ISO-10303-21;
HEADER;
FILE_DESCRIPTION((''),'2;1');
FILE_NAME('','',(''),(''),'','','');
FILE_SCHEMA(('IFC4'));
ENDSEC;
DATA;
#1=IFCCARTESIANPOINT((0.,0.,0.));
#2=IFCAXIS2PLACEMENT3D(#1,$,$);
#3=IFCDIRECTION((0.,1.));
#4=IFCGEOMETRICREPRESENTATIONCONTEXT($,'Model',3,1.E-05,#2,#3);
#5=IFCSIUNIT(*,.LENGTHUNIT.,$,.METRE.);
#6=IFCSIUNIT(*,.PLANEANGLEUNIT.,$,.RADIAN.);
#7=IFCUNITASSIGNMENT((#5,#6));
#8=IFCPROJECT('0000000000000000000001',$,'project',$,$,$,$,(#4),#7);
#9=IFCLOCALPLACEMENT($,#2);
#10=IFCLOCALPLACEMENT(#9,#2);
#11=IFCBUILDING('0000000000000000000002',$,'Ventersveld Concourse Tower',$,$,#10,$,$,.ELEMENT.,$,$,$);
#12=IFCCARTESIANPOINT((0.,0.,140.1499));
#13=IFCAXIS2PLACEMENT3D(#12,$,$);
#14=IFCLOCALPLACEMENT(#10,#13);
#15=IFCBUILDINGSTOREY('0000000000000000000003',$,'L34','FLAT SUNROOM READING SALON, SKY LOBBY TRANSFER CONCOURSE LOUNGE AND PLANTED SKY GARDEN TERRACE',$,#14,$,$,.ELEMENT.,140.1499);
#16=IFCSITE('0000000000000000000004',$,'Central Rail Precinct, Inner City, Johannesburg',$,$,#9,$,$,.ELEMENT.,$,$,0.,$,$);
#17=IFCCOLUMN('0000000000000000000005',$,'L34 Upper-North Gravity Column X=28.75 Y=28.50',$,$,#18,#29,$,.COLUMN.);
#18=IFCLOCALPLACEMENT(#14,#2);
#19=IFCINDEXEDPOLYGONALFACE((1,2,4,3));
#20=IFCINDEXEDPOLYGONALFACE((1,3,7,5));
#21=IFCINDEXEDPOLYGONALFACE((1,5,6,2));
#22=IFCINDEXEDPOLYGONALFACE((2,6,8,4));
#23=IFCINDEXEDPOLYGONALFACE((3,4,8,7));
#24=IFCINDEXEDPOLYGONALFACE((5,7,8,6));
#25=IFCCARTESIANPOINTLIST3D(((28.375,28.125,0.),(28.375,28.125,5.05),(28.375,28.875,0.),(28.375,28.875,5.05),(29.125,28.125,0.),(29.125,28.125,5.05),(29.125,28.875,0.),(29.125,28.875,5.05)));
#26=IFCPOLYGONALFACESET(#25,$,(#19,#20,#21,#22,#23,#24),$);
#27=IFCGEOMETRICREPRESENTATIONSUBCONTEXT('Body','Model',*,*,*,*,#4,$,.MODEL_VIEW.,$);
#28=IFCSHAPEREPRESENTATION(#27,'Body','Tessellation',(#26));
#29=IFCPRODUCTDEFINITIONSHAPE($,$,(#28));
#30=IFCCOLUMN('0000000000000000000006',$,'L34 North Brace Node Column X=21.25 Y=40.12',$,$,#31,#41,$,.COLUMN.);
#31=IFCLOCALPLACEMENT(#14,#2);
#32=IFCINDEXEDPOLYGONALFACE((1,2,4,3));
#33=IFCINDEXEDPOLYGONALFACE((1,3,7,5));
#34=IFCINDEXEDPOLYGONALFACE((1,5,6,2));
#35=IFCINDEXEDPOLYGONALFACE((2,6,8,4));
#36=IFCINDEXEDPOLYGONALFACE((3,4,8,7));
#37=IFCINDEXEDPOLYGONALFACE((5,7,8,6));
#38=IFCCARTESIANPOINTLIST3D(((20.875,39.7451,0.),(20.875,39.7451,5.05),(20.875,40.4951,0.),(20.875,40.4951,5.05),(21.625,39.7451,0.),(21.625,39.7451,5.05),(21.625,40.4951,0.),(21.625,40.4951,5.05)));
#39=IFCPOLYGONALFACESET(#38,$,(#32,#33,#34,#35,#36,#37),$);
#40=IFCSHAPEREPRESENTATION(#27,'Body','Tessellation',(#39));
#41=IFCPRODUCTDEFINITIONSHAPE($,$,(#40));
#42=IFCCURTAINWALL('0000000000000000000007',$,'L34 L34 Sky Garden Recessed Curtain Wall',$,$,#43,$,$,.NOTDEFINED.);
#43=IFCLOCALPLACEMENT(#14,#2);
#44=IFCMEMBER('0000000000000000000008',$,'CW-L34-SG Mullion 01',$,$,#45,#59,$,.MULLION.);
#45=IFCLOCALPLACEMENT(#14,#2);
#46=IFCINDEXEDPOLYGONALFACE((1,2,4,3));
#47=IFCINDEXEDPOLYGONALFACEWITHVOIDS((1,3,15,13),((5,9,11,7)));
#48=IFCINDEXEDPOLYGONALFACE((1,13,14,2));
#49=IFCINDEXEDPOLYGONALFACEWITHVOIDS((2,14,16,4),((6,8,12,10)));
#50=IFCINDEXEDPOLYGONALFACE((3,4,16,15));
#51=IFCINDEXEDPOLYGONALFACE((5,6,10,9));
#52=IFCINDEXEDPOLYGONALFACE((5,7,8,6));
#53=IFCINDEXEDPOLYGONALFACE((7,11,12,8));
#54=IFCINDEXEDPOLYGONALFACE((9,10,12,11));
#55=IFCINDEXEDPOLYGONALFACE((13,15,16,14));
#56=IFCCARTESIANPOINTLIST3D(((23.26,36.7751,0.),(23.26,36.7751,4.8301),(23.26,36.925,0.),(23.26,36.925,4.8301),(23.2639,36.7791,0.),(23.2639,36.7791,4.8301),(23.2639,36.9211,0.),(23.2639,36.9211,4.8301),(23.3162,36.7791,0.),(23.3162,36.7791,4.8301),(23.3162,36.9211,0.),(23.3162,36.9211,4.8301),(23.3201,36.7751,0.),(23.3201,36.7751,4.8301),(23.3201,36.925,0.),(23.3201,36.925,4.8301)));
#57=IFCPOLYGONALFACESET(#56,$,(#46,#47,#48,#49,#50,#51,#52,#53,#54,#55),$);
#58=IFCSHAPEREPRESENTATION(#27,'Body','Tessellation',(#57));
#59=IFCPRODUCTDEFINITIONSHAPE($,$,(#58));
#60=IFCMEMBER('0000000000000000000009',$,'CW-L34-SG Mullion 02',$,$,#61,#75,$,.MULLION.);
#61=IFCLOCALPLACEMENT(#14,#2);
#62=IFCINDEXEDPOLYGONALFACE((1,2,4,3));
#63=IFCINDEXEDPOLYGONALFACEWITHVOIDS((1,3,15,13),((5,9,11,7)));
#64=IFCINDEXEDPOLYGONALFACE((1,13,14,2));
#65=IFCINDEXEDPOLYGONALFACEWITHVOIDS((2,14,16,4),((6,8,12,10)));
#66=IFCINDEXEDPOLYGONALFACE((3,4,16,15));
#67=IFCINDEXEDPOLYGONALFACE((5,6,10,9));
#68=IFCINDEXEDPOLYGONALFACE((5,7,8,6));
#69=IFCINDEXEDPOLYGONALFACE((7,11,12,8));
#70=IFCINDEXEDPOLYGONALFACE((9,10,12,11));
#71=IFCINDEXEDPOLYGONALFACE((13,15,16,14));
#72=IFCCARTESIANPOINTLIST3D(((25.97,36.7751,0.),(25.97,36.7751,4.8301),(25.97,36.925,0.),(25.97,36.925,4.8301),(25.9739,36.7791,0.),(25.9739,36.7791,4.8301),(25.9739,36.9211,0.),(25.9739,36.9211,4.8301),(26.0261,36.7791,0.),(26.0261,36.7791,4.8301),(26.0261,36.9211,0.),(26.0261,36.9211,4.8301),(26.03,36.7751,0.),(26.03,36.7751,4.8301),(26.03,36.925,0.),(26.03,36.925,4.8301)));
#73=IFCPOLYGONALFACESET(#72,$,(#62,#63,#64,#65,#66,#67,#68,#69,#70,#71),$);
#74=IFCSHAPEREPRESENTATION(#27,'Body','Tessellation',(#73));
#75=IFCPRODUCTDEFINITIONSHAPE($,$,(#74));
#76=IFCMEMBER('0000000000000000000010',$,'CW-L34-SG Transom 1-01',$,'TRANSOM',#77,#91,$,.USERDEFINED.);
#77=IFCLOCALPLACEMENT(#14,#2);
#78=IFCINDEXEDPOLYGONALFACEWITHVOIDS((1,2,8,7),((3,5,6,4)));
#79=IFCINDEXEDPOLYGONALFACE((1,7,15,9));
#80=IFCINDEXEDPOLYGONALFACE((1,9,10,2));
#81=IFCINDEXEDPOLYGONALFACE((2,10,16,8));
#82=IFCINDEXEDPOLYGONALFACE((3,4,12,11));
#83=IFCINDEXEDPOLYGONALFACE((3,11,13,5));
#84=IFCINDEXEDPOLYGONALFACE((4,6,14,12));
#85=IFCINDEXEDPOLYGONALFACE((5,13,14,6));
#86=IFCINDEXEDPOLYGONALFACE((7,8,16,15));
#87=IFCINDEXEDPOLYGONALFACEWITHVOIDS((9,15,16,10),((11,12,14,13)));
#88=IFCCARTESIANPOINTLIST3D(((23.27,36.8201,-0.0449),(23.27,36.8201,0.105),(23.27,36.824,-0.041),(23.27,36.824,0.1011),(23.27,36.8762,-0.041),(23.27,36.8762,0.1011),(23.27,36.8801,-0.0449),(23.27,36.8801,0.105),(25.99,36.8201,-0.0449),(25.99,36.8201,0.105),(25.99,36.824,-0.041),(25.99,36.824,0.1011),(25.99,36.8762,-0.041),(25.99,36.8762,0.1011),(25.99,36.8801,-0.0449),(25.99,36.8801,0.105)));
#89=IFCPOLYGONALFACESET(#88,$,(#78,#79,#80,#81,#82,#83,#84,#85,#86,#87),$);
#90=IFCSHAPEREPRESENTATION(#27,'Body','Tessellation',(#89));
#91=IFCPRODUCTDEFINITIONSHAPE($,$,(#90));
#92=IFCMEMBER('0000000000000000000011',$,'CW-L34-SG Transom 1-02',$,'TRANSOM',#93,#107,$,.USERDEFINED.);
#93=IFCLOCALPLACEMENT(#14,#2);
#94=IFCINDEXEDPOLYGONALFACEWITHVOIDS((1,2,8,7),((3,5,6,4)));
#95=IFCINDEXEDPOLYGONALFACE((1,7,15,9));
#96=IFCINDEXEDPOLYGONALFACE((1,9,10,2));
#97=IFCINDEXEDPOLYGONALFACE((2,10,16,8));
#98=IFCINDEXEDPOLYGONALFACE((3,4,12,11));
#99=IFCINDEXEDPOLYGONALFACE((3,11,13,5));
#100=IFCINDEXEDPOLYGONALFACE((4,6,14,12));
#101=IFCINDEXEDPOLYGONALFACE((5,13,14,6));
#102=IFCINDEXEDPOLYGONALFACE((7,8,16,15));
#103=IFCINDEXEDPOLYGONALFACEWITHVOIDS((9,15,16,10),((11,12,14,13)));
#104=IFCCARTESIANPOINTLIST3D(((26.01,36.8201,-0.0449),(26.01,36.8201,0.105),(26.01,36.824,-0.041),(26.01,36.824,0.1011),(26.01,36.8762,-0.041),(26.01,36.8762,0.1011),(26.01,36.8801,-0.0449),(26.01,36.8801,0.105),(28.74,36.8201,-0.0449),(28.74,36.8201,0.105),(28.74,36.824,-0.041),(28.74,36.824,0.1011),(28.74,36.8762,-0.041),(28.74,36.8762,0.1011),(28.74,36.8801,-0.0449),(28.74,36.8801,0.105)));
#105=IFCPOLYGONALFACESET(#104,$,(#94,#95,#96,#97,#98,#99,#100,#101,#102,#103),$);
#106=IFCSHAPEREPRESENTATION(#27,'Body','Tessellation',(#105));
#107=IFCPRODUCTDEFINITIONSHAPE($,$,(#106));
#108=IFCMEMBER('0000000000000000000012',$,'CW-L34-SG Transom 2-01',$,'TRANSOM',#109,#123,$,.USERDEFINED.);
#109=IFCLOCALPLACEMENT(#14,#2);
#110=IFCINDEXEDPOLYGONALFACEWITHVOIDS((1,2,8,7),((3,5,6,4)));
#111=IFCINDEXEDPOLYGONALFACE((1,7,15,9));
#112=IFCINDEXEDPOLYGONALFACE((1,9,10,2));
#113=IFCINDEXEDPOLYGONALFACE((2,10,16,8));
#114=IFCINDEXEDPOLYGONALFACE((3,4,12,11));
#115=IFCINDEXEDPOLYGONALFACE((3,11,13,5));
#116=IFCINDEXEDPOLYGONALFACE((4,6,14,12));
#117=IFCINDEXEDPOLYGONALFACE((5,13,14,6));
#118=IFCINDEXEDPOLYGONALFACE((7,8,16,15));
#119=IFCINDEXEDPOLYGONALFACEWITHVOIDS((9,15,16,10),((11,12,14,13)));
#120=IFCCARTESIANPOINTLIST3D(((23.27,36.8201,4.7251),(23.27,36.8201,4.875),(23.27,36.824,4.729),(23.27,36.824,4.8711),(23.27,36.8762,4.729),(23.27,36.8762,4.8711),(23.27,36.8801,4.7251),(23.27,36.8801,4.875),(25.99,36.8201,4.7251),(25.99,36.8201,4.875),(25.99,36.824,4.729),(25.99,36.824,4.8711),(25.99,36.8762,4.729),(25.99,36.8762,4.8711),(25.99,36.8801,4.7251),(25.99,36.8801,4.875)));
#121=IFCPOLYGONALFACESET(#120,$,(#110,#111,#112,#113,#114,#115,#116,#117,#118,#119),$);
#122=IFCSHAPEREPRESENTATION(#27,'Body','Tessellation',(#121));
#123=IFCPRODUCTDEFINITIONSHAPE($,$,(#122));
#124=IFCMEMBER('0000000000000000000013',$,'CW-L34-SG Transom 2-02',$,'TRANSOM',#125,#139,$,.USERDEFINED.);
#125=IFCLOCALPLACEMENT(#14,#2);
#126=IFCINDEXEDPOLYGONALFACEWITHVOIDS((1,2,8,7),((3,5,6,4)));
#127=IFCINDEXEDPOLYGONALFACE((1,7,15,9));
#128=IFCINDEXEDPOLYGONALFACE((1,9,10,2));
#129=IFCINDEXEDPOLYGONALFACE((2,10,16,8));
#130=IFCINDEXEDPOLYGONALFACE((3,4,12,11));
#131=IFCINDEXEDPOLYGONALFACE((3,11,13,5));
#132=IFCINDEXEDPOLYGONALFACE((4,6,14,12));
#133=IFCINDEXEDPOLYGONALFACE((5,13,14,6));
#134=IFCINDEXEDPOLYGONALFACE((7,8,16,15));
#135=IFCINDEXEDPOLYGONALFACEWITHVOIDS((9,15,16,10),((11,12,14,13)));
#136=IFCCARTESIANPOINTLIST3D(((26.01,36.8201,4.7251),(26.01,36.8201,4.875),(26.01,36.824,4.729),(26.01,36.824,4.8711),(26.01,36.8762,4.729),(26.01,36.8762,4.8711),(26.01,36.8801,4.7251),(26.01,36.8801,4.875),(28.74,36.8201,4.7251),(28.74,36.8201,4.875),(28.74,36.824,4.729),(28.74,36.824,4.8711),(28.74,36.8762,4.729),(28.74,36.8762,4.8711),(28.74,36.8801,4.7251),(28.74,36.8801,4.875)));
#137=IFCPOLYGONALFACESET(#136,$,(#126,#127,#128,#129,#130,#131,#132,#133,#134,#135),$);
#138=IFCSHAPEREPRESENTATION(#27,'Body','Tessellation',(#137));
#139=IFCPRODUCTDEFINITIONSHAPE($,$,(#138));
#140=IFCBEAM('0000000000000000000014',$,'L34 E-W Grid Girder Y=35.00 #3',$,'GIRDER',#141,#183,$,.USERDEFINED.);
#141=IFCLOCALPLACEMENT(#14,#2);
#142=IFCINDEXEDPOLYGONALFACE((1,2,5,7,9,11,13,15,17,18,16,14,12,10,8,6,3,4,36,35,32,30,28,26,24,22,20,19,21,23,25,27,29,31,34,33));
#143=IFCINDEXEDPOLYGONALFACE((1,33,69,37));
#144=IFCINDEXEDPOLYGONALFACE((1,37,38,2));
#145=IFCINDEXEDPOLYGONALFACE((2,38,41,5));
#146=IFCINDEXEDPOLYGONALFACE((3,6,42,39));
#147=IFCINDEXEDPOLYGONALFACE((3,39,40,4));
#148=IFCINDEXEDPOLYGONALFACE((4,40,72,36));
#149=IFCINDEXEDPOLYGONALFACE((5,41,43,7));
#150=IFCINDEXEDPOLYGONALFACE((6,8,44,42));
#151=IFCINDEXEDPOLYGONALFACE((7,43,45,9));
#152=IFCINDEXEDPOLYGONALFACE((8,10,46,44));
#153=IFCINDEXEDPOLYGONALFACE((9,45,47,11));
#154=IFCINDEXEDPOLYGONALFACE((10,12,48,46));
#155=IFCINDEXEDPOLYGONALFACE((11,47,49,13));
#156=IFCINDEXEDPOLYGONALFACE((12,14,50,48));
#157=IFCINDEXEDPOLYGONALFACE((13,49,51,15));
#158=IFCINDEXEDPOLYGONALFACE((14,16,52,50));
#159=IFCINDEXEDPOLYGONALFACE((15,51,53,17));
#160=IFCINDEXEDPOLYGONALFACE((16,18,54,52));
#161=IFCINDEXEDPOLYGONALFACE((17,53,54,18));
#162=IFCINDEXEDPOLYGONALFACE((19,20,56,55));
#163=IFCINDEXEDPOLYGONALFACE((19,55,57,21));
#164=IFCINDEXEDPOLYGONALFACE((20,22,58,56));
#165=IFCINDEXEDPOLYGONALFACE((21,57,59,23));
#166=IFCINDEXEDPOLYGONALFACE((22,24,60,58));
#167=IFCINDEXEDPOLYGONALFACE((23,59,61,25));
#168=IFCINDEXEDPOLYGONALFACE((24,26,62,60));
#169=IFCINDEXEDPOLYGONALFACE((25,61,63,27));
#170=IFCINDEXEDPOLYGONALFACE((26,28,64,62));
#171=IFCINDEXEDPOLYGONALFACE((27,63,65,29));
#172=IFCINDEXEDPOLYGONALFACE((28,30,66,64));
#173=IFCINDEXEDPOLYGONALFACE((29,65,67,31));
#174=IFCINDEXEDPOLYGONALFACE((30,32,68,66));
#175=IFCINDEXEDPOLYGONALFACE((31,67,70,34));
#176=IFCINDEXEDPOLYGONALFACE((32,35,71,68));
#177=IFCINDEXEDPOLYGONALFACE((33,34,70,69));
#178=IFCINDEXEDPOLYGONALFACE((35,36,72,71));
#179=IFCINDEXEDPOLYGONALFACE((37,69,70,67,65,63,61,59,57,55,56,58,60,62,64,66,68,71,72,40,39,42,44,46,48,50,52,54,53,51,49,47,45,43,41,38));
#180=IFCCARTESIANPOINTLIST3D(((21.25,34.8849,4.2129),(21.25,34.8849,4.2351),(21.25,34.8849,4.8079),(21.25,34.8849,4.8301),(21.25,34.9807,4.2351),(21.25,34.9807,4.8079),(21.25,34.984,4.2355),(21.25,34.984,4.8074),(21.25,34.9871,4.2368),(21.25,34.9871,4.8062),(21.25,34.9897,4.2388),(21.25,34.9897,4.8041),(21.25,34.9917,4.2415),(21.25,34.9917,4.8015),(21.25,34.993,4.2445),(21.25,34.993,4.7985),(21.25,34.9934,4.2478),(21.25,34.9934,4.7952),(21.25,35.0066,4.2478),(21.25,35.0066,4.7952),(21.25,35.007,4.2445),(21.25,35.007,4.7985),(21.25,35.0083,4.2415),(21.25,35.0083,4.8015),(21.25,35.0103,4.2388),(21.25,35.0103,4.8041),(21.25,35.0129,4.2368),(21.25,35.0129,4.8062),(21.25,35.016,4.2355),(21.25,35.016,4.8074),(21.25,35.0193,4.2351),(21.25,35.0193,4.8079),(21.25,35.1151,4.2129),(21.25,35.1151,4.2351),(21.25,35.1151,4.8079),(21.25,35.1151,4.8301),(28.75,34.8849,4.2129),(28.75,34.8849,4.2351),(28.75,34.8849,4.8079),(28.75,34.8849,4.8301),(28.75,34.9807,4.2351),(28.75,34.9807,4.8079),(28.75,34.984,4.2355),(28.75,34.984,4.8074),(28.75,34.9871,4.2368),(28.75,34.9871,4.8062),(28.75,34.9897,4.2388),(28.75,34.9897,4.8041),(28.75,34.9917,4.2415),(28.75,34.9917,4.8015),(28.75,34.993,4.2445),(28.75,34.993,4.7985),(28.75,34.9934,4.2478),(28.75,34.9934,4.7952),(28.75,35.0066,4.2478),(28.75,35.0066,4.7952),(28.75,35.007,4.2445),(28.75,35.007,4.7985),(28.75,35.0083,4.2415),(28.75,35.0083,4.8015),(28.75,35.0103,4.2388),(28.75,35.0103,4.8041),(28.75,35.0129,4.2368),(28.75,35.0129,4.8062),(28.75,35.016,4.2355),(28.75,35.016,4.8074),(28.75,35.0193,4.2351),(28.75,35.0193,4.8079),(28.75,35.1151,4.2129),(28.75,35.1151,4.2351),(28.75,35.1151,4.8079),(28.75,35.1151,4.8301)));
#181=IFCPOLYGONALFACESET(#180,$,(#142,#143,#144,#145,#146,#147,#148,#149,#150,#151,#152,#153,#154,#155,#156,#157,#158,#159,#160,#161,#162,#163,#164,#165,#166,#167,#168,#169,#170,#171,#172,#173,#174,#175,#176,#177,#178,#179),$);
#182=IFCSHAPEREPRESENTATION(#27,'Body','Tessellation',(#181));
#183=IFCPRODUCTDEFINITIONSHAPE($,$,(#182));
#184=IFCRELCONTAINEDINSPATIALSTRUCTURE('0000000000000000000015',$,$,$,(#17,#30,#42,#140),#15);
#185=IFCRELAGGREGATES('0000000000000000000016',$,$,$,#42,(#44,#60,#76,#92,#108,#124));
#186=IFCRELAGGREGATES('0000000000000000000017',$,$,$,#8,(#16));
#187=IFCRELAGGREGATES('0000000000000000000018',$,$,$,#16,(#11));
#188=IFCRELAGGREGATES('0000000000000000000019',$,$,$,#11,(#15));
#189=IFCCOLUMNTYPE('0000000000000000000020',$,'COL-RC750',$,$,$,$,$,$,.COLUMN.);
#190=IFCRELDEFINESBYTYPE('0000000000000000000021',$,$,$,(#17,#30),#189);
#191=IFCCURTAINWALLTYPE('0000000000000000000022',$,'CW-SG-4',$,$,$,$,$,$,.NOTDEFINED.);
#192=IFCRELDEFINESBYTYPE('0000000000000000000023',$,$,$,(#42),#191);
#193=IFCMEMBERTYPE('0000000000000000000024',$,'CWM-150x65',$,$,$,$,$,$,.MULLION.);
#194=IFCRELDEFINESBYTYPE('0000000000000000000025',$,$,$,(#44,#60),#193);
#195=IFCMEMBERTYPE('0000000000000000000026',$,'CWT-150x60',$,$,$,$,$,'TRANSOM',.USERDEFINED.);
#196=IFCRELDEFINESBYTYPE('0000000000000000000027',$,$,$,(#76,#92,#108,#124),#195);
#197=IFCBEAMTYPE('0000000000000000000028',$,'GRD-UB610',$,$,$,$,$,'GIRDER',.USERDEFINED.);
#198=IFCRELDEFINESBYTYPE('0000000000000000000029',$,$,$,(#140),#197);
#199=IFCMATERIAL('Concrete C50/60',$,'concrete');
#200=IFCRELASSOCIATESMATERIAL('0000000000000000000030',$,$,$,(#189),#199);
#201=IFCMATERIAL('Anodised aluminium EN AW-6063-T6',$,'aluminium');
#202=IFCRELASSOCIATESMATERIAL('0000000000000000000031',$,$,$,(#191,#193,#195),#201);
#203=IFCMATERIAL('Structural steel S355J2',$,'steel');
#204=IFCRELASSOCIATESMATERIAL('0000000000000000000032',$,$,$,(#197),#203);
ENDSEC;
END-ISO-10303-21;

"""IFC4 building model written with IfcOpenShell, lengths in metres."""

from ifc_helpers import new_model, si_unit, direction, frame, origin, origin_2d, place, context, subcontext, project, spatial, rectangle, hollow_rectangle, i_section, extrude, material, material_profile, profile_set, type_object, element, aggregate, save


model = new_model("IFC4")

# Units and contexts
model_context = context("Model", 3, precision=1e-05, world=origin(), true_north=direction((0.0, 1.0)))
body_context = subcontext(model_context, "Body", "Model", "MODEL_VIEW")
ifc_project = project(units=[si_unit("LENGTHUNIT", "METRE"), si_unit("PLANEANGLEUNIT", "RADIAN")], contexts=[model_context])

# Site, building, storey
site_placement = place(None, origin())
site = spatial("IfcSite", under=ifc_project, at=site_placement, Name="Central Rail Precinct, Inner City, Johannesburg", CompositionType="ELEMENT", RefElevation=0.0)
building_placement = place(site_placement, origin())
building = spatial("IfcBuilding", under=site, at=building_placement, Name="Ventersveld Concourse Tower", CompositionType="ELEMENT")
storey_placement = place(building_placement, frame((0.0, 0.0, 140.1499)))
storey = spatial("IfcBuildingStorey", under=building, at=storey_placement, Name="L34", Description="FLAT SUNROOM READING SALON, SKY LOBBY TRANSFER CONCOURSE LOUNGE AND PLANTED SKY GARDEN TERRACE", CompositionType="ELEMENT", Elevation=140.1499)

# Columns
ifc_material_1 = material(Name="Concrete C50/60", Category="concrete")
ifc_material_profile_1 = material_profile(ifc_material_1, rectangle(XDim=0.75, YDim=0.75, at=origin_2d()), Name="RC 750x750")
ifc_profile_set_1 = profile_set([ifc_material_profile_1], Name="Concrete C50/60")
column_type = type_object("IfcColumnType", Name="COL-RC750", PredefinedType="COLUMN", material=ifc_profile_set_1)
for number, where, z_axis, x_axis, name in (
    (1, (28.75, 28.5, 0.0), (0.0, 0.0, 1.0), (1.0, 0.0, 0.0), "L34 Upper-North Gravity Column X=28.75 Y=28.50"),
    (2, (21.25, 40.1201, 0.0), (0.0, 0.0, 1.0), (1.0, 0.0, 0.0), "L34 North Brace Node Column X=21.25 Y=40.12"),
):
    element("IfcColumn", number, at=place(storey_placement, frame(where, z_axis=z_axis, x_axis=x_axis)), inside=storey, type_object=column_type, Name=name, PredefinedType="COLUMN", context=body_context, shape_type="SweptSolid", body=[
        extrude(rectangle(XDim=0.75, YDim=0.75, at=origin_2d()), origin(), (0.0, 0.0, 1.0), 5.05),
    ])

# Curtain wall, members
ifc_material_2 = material(Name="Anodised aluminium EN AW-6063-T6", Category="aluminium")
curtain_wall_type = type_object("IfcCurtainWallType", Name="CW-SG-4", PredefinedType="NOTDEFINED", material=ifc_material_2)
curtain_wall_placement = place(storey_placement, origin())
curtain_wall = element("IfcCurtainWall", 3, at=curtain_wall_placement, inside=storey, type_object=curtain_wall_type, Name="L34 L34 Sky Garden Recessed Curtain Wall", PredefinedType="NOTDEFINED")
ifc_material_profile_2 = material_profile(ifc_material_2, hollow_rectangle(XDim=0.0601, YDim=0.1499, WallThickness=0.0039, at=origin_2d()), Name="ALU 150x60x4")
ifc_profile_set_2 = profile_set([ifc_material_profile_2], Name="Anodised aluminium EN AW-6063-T6")
member_type_1 = type_object("IfcMemberType", Name="CWM-150x65", PredefinedType="MULLION", material=ifc_profile_set_2)
member_1_placement = place(storey_placement, frame((23.29, 36.8501, 0.0), z_axis=(0.0, 0.0, 1.0), x_axis=(1.0, 0.0, 0.0)))
member_1 = element("IfcMember", 4, at=member_1_placement, type_object=member_type_1, Name="CW-L34-SG Mullion 01", PredefinedType="MULLION", context=body_context, shape_type="SweptSolid", body=[
    extrude(hollow_rectangle(XDim=0.0601, YDim=0.1499, WallThickness=0.0039, at=origin_2d()), origin(), (0.0, 0.0, 1.0), 4.8301),
])
member_2_placement = place(storey_placement, frame((26.0, 36.8501, 0.0), z_axis=(0.0, 0.0, 1.0), x_axis=(1.0, 0.0, 0.0)))
member_2 = element("IfcMember", 5, at=member_2_placement, type_object=member_type_1, Name="CW-L34-SG Mullion 02", PredefinedType="MULLION", context=body_context, shape_type="SweptSolid", body=[
    extrude(hollow_rectangle(XDim=0.0601, YDim=0.1499, WallThickness=0.0039, at=origin_2d()), origin(), (0.0, 0.0, 1.0), 4.8301),
])
ifc_material_profile_3 = material_profile(ifc_material_2, hollow_rectangle(XDim=0.0601, YDim=0.1499, WallThickness=0.0039, at=origin_2d()), Name="ALU 150x60x4")
ifc_profile_set_3 = profile_set([ifc_material_profile_3], Name="Anodised aluminium EN AW-6063-T6")
member_type_2 = type_object("IfcMemberType", Name="CWT-150x60", ElementType="TRANSOM", PredefinedType="USERDEFINED", material=ifc_profile_set_3)
member_3_placement = place(storey_placement, frame((23.27, 36.8501, 0.03), z_axis=(1.0, 0.0, 0.0), x_axis=(0.0, 1.0, 0.0)))
member_3 = element("IfcMember", 6, at=member_3_placement, type_object=member_type_2, Name="CW-L34-SG Transom 1-01", ObjectType="TRANSOM", PredefinedType="USERDEFINED", context=body_context, shape_type="SweptSolid", body=[
    extrude(hollow_rectangle(XDim=0.0601, YDim=0.1499, WallThickness=0.0039, at=origin_2d()), origin(), (0.0, 0.0, 1.0), 2.72),
])
member_4_placement = place(storey_placement, frame((26.01, 36.8501, 0.03), z_axis=(1.0, 0.0, 0.0), x_axis=(0.0, 1.0, 0.0)))
member_4 = element("IfcMember", 7, at=member_4_placement, type_object=member_type_2, Name="CW-L34-SG Transom 1-02", ObjectType="TRANSOM", PredefinedType="USERDEFINED", context=body_context, shape_type="SweptSolid", body=[
    extrude(hollow_rectangle(XDim=0.0601, YDim=0.1499, WallThickness=0.0039, at=origin_2d()), origin(), (0.0, 0.0, 1.0), 2.73),
])
member_5_placement = place(storey_placement, frame((23.27, 36.8501, 4.8), z_axis=(1.0, 0.0, 0.0), x_axis=(0.0, 1.0, 0.0)))
member_5 = element("IfcMember", 8, at=member_5_placement, type_object=member_type_2, Name="CW-L34-SG Transom 2-01", ObjectType="TRANSOM", PredefinedType="USERDEFINED", context=body_context, shape_type="SweptSolid", body=[
    extrude(hollow_rectangle(XDim=0.0601, YDim=0.1499, WallThickness=0.0039, at=origin_2d()), origin(), (0.0, 0.0, 1.0), 2.72),
])
member_6_placement = place(storey_placement, frame((26.01, 36.8501, 4.8), z_axis=(1.0, 0.0, 0.0), x_axis=(0.0, 1.0, 0.0)))
member_6 = element("IfcMember", 9, at=member_6_placement, type_object=member_type_2, Name="CW-L34-SG Transom 2-02", ObjectType="TRANSOM", PredefinedType="USERDEFINED", context=body_context, shape_type="SweptSolid", body=[
    extrude(hollow_rectangle(XDim=0.0601, YDim=0.1499, WallThickness=0.0039, at=origin_2d()), origin(), (0.0, 0.0, 1.0), 2.73),
])

# Beam
ifc_material_3 = material(Name="Structural steel S355J2", Category="steel")
ifc_material_profile_4 = material_profile(ifc_material_3, i_section(OverallWidth=0.2302, OverallDepth=0.6172, WebThickness=0.0132, FlangeThickness=0.0222, FilletRadius=0.0127, at=origin_2d()), Name="UB 610x229x140")
ifc_profile_set_4 = profile_set([ifc_material_profile_4], Name="Structural steel S355J2")
beam_type = type_object("IfcBeamType", Name="GRD-UB610", ElementType="GIRDER", PredefinedType="USERDEFINED", material=ifc_profile_set_4)
beam_placement = place(storey_placement, frame((21.25, 35.0, 4.5215), z_axis=(1.0, 0.0, 0.0), x_axis=(0.0, 1.0, 0.0)))
element("IfcBeam", 10, at=beam_placement, inside=storey, type_object=beam_type, Name="L34 E-W Grid Girder Y=35.00 #3", ObjectType="GIRDER", PredefinedType="USERDEFINED", context=body_context, shape_type="SweptSolid", body=[
    extrude(i_section(OverallWidth=0.2302, OverallDepth=0.6172, WebThickness=0.0132, FlangeThickness=0.0222, FilletRadius=0.0127, at=origin_2d()), origin(), (0.0, 0.0, 1.0), 7.5),
])

aggregate(curtain_wall, [member_1, member_2, member_3, member_4, member_5, member_6])

save(model, "model.ifc")
